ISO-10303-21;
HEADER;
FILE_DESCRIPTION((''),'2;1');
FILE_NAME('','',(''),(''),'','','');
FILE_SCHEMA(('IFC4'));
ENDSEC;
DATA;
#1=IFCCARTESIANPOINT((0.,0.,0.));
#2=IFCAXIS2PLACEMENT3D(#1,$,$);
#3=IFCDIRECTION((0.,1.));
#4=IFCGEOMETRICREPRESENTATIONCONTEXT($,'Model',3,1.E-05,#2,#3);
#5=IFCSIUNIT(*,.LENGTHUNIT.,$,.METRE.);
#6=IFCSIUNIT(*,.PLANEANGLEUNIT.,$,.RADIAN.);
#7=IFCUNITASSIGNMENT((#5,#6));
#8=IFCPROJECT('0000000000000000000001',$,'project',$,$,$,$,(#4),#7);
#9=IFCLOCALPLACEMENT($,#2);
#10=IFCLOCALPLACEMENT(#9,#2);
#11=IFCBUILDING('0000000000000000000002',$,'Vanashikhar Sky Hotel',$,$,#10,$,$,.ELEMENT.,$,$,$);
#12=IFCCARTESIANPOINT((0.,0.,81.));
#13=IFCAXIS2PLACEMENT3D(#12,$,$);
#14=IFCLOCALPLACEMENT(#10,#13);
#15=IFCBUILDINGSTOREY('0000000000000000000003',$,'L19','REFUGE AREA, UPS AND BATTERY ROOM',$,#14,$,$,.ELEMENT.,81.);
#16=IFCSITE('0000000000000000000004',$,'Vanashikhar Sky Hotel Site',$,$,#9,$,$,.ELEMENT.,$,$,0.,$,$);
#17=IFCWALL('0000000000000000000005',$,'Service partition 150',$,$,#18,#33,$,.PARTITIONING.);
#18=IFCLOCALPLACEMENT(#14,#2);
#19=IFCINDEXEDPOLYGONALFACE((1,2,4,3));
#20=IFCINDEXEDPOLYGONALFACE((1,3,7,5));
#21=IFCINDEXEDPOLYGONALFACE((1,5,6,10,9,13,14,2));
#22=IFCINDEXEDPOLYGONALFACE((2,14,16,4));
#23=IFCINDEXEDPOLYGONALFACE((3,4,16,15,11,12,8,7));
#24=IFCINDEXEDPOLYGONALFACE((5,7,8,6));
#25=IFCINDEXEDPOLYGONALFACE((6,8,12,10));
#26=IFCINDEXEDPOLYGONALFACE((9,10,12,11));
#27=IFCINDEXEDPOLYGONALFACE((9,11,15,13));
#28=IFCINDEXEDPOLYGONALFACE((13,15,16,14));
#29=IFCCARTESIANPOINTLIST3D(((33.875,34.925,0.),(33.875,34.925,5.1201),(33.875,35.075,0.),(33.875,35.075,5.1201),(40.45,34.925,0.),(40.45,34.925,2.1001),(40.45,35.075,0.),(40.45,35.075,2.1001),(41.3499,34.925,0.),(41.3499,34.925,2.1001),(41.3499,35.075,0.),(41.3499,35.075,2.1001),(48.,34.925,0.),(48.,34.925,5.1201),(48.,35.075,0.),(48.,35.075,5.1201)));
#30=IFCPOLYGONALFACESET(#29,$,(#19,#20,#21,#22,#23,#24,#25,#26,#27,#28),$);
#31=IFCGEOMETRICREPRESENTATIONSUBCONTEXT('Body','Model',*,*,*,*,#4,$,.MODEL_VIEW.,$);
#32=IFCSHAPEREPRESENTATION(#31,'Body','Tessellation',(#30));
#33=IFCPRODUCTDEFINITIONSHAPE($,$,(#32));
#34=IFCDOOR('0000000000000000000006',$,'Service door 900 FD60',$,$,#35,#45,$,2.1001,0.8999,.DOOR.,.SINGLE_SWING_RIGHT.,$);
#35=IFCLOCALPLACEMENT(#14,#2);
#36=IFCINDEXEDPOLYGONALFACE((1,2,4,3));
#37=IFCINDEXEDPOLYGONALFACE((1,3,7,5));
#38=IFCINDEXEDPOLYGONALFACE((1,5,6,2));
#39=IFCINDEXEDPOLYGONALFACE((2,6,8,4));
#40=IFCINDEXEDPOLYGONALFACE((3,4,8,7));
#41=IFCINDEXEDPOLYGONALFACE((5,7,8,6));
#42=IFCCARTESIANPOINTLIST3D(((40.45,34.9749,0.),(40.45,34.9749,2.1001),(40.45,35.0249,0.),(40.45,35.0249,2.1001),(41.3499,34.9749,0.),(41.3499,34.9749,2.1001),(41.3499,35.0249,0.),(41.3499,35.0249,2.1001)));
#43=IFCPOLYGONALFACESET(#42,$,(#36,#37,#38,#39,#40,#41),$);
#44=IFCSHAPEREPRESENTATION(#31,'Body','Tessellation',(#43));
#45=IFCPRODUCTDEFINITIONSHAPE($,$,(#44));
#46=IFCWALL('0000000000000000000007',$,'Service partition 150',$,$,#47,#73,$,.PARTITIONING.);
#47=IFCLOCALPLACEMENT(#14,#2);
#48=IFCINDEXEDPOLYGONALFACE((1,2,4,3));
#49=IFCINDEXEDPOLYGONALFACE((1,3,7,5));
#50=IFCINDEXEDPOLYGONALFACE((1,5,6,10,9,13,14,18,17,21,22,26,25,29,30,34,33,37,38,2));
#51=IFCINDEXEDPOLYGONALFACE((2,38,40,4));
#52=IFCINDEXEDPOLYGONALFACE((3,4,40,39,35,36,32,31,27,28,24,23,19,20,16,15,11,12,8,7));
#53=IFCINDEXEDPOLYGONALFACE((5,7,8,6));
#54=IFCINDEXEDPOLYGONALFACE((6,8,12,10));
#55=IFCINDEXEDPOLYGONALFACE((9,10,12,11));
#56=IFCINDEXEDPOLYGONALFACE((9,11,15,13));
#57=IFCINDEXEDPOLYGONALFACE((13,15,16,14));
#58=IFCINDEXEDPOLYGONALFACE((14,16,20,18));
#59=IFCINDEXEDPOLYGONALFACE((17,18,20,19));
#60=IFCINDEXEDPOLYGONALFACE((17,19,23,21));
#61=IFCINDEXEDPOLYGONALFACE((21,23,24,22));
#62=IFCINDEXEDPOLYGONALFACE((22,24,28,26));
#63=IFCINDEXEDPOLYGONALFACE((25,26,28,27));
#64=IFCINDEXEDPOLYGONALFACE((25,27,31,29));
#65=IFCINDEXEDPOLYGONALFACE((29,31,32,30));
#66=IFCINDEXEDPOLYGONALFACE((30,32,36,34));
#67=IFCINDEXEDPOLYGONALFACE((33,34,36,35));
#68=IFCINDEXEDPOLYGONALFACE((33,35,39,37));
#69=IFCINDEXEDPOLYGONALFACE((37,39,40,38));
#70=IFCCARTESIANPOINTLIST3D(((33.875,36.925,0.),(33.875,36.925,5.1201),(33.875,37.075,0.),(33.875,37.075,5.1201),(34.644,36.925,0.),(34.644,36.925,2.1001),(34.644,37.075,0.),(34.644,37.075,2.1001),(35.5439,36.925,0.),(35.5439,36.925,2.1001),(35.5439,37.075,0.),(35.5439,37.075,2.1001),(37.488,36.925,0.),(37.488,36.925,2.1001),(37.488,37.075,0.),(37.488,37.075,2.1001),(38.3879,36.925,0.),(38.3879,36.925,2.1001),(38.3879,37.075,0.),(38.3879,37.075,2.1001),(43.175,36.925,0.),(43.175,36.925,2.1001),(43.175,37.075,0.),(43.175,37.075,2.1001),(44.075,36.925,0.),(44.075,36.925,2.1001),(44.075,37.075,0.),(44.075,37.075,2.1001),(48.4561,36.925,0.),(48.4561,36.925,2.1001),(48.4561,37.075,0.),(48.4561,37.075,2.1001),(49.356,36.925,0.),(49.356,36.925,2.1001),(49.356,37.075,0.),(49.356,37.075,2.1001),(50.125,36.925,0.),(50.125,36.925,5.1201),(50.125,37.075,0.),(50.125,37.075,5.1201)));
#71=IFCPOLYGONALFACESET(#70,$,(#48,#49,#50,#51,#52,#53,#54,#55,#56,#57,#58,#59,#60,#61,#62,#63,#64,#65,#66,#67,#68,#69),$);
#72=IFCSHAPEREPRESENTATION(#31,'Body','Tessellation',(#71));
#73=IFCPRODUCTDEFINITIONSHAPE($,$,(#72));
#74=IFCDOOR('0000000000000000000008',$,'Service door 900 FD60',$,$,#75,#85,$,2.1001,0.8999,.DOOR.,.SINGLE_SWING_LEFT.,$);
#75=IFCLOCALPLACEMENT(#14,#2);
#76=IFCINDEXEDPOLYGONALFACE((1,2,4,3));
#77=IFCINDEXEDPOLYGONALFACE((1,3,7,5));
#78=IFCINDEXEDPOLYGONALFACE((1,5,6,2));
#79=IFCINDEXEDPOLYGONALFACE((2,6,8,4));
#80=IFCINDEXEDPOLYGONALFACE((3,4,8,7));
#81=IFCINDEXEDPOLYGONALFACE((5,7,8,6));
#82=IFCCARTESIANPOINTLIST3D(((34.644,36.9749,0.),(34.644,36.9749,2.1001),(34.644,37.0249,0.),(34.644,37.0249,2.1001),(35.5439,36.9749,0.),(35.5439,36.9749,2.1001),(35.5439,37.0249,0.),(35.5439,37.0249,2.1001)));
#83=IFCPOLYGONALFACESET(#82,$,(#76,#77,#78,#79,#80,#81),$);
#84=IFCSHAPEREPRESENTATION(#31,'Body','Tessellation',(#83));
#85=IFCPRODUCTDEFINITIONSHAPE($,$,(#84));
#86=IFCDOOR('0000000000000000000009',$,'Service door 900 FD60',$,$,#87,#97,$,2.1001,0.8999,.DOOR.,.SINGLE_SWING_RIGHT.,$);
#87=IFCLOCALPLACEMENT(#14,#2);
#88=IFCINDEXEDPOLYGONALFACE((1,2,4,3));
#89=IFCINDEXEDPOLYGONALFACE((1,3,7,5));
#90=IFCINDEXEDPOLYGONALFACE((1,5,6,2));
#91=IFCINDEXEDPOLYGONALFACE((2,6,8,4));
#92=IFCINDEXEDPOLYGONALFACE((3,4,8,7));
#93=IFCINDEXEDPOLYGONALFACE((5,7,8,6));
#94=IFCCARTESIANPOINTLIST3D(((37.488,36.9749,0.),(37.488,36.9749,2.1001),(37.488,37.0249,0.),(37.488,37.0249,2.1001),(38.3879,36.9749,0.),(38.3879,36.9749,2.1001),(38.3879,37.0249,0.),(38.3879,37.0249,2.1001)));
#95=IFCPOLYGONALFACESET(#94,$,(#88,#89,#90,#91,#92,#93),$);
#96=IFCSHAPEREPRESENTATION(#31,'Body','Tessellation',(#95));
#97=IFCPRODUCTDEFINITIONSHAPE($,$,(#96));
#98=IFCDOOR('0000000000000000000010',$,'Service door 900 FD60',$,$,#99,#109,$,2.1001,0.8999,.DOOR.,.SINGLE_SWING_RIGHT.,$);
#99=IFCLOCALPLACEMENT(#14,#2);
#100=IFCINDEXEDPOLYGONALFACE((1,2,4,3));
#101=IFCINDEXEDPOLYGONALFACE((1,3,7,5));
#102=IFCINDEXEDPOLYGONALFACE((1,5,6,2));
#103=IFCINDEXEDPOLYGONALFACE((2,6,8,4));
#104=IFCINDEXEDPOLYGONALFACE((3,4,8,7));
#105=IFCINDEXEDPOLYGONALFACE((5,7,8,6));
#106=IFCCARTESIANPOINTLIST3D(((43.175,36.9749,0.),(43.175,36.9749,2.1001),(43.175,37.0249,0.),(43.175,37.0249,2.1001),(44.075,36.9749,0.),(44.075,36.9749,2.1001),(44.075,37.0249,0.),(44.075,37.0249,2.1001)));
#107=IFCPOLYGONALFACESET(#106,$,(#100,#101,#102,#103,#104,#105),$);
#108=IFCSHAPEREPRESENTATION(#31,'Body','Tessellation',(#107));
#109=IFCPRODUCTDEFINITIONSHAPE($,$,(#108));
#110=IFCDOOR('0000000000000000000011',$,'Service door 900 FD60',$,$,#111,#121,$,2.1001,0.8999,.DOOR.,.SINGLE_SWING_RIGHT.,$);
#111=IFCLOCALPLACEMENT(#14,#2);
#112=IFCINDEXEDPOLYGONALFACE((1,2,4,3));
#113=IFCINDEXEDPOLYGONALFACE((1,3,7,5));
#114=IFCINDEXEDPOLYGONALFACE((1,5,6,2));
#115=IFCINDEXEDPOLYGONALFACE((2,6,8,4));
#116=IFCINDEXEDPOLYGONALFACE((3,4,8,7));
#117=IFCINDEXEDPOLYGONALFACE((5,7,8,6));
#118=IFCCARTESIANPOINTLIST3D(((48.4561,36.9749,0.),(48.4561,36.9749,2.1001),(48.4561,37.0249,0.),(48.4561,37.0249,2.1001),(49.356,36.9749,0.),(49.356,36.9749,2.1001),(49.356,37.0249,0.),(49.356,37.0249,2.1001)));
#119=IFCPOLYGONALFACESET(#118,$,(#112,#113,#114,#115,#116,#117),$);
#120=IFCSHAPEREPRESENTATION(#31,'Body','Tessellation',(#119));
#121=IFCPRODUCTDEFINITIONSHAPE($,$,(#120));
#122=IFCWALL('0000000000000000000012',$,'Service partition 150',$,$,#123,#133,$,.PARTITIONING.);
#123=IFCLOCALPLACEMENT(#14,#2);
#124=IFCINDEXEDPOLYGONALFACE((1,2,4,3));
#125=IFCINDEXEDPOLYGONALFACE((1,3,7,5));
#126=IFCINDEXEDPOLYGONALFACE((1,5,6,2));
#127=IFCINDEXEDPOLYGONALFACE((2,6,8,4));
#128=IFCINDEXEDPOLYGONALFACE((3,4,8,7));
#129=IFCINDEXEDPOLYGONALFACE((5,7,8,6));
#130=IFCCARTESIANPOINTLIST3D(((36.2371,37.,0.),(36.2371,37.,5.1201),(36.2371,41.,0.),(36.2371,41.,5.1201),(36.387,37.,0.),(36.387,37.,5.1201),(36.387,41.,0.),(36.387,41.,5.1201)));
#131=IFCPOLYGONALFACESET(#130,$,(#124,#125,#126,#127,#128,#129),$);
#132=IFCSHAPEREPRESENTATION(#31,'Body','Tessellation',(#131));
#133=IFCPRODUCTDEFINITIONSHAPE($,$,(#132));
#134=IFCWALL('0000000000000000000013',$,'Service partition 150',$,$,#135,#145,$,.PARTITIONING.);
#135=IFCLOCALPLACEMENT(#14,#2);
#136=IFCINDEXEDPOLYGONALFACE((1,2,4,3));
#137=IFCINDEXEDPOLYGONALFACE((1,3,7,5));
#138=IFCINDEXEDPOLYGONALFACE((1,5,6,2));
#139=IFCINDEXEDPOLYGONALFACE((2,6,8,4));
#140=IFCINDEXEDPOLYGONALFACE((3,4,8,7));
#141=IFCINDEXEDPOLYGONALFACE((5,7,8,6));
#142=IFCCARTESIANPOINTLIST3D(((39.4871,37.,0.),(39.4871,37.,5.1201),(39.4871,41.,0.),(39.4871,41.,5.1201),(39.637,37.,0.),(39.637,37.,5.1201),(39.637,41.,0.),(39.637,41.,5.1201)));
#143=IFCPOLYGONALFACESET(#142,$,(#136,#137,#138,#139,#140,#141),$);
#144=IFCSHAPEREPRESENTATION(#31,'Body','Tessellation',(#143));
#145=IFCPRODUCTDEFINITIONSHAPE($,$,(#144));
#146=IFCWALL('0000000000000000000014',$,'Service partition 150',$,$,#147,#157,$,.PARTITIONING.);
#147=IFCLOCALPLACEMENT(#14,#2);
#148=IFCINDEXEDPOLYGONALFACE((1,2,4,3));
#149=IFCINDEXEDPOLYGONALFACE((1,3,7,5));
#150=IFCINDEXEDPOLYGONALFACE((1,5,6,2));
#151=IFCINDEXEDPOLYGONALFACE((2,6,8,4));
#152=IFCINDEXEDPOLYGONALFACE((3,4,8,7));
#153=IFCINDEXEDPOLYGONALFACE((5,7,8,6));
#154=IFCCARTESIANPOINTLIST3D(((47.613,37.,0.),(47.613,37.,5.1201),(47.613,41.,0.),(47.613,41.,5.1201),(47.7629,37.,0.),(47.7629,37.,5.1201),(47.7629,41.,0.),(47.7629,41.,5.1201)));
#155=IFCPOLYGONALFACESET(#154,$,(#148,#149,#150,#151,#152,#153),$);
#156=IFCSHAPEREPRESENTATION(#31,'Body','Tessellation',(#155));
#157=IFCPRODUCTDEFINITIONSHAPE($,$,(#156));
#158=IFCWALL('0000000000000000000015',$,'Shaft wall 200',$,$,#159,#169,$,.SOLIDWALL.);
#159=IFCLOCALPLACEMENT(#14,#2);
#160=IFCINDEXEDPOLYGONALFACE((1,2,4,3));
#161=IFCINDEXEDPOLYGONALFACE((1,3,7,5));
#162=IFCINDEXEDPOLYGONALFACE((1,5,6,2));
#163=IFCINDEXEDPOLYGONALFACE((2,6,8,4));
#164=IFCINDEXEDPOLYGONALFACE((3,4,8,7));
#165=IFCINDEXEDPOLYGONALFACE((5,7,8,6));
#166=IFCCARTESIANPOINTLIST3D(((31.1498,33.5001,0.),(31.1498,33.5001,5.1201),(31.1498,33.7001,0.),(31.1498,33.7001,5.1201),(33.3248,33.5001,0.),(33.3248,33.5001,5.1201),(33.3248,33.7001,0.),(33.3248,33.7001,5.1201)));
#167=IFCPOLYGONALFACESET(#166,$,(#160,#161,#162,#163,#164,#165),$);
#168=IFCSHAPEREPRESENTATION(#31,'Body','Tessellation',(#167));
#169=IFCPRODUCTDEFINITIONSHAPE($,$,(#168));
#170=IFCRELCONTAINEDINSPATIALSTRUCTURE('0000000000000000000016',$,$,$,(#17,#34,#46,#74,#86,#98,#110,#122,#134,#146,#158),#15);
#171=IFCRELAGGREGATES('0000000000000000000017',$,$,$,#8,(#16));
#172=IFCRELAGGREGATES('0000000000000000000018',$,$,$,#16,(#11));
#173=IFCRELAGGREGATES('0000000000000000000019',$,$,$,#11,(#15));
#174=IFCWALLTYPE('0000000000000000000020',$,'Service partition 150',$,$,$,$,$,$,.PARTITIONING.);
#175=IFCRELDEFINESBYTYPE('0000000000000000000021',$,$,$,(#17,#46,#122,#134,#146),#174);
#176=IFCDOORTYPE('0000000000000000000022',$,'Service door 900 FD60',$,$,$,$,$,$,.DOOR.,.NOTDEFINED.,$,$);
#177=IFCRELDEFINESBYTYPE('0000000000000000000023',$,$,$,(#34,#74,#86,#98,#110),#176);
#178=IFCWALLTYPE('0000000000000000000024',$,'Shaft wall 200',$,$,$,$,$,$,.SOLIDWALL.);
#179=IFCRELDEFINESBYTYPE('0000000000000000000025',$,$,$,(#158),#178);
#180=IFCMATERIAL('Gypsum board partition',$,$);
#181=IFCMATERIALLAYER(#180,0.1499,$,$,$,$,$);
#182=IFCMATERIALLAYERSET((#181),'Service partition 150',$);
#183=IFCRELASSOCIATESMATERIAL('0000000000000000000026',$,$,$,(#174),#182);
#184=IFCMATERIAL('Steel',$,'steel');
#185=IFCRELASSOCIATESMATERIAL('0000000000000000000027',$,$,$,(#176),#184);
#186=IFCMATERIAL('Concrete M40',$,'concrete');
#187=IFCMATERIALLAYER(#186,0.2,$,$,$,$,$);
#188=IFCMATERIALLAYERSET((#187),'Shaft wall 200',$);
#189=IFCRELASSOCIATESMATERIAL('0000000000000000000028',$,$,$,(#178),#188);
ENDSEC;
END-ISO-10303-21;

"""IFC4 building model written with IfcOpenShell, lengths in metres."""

from ifc_helpers import new_model, si_unit, direction, frame, frame_2d, origin, place, context, subcontext, project, spatial, rectangle, extrude, source, transform, mapped, material, layer, layer_set, type_object, element, fill, save


model = new_model("IFC4")

# Units and contexts
model_context = context("Model", 3, precision=1e-05, world=origin(), true_north=direction((0.0, 1.0)))
body_context = subcontext(model_context, "Body", "Model", "MODEL_VIEW")
ifc_project = project(units=[si_unit("LENGTHUNIT", "METRE"), si_unit("PLANEANGLEUNIT", "RADIAN")], contexts=[model_context])

# Site, building, storey
site_placement = place(None, origin())
site = spatial("IfcSite", under=ifc_project, at=site_placement, Name="Vanashikhar Sky Hotel Site", CompositionType="ELEMENT", RefElevation=0.0)
building_placement = place(site_placement, origin())
building = spatial("IfcBuilding", under=site, at=building_placement, Name="Vanashikhar Sky Hotel", CompositionType="ELEMENT")
storey_placement = place(building_placement, frame((0.0, 0.0, 81.0)))
storey = spatial("IfcBuildingStorey", under=building, at=storey_placement, Name="L19", Description="REFUGE AREA, UPS AND BATTERY ROOM", CompositionType="ELEMENT", Elevation=81.0)

# Wall, opening, door
ifc_material_1 = material(Name="Gypsum board partition")
ifc_layer_1 = layer(ifc_material_1, 0.1499)
ifc_layer_set_1 = layer_set([ifc_layer_1], Name="Service partition 150")
wall_type_1 = type_object("IfcWallType", Name="Service partition 150", PredefinedType="PARTITIONING", material=ifc_layer_set_1)
shared_shape_1 = source(origin(), body_context, "Body", "SweptSolid", [
    extrude(rectangle(XDim=14.125, YDim=0.1499, at=frame_2d((7.0625, 0.0))), origin(), (0.0, 0.0, 1.0), 5.1201),
])
wall_1_placement = place(storey_placement, frame((33.875, 35.0, 0.0), z_axis=(0.0, 0.0, 1.0), x_axis=(1.0, 0.0, 0.0)))
wall_1 = element("IfcWall", 1, at=wall_1_placement, inside=storey, type_object=wall_type_1, Name="Service partition 150", PredefinedType="PARTITIONING", context=body_context, shape_type="MappedRepresentation", body=[
    mapped(shared_shape_1, transform((0.0, 0.0, 0.0), scale=1.0)),
])
shared_shape_2 = source(origin(), body_context, "Body", "SweptSolid", [
    extrude(rectangle(XDim=0.8999, YDim=2.1001, at=frame_2d((0.45, 1.05))), frame((0.0, 0.085, 0.0), z_axis=(0.0, -1.0, 0.0), x_axis=(1.0, 0.0, 0.0)), (0.0, 0.0, 1.0), 0.1699),
])
opening_1_placement = place(wall_1_placement, frame((6.575, 0.0, 0.0)))
opening_1 = element("IfcOpeningElement", 2, at=opening_1_placement, cuts=wall_1, PredefinedType="OPENING", context=body_context, shape_type="MappedRepresentation", body=[
    mapped(shared_shape_2, transform((0.0, 0.0, 0.0), scale=1.0)),
])
ifc_material_2 = material(Name="Steel", Category="steel")
door_type_1 = type_object("IfcDoorType", Name="Service door 900 FD60", OperationType="NOTDEFINED", PredefinedType="DOOR", material=ifc_material_2)
shared_shape_3 = source(origin(), body_context, "Body", "SweptSolid", [
    extrude(rectangle(XDim=0.8999, YDim=2.1001, at=frame_2d((0.45, 1.05))), frame((0.0, 0.0249, 0.0), z_axis=(0.0, -1.0, 0.0), x_axis=(1.0, 0.0, 0.0)), (0.0, 0.0, 1.0), 0.05),
])
door_1_placement = place(opening_1_placement, origin())
door_1 = element("IfcDoor", 3, at=door_1_placement, inside=storey, type_object=door_type_1, Name="Service door 900 FD60", OperationType="SINGLE_SWING_RIGHT", OverallHeight=2.1001, OverallWidth=0.8999, PredefinedType="DOOR", context=body_context, shape_type="MappedRepresentation", body=[
    mapped(shared_shape_3, transform((0.0, 0.0, 0.0), scale=1.0)),
])
fill(opening_1, door_1)

# Wall, openings, doors
shared_shape_4 = source(origin(), body_context, "Body", "SweptSolid", [
    extrude(rectangle(XDim=16.25, YDim=0.1499, at=frame_2d((8.125, 0.0))), origin(), (0.0, 0.0, 1.0), 5.1201),
])
wall_2_placement = place(storey_placement, frame((33.875, 37.0, 0.0), z_axis=(0.0, 0.0, 1.0), x_axis=(1.0, 0.0, 0.0)))
wall_2 = element("IfcWall", 4, at=wall_2_placement, inside=storey, type_object=wall_type_1, Name="Service partition 150", PredefinedType="PARTITIONING", context=body_context, shape_type="MappedRepresentation", body=[
    mapped(shared_shape_4, transform((0.0, 0.0, 0.0), scale=1.0)),
])
opening_2_placement = place(wall_2_placement, frame((0.769, 0.0, 0.0)))
opening_2 = element("IfcOpeningElement", 5, at=opening_2_placement, cuts=wall_2, PredefinedType="OPENING", context=body_context, shape_type="MappedRepresentation", body=[
    mapped(shared_shape_2, transform((0.0, 0.0, 0.0), scale=1.0)),
])
opening_3_placement = place(wall_2_placement, frame((3.613, 0.0, 0.0)))
opening_3 = element("IfcOpeningElement", 6, at=opening_3_placement, cuts=wall_2, PredefinedType="OPENING", context=body_context, shape_type="MappedRepresentation", body=[
    mapped(shared_shape_2, transform((0.0, 0.0, 0.0), scale=1.0)),
])
opening_4_placement = place(wall_2_placement, frame((9.3, 0.0, 0.0)))
opening_4 = element("IfcOpeningElement", 7, at=opening_4_placement, cuts=wall_2, PredefinedType="OPENING", context=body_context, shape_type="MappedRepresentation", body=[
    mapped(shared_shape_2, transform((0.0, 0.0, 0.0), scale=1.0)),
])
opening_5_placement = place(wall_2_placement, frame((14.5811, 0.0, 0.0)))
opening_5 = element("IfcOpeningElement", 8, at=opening_5_placement, cuts=wall_2, PredefinedType="OPENING", context=body_context, shape_type="MappedRepresentation", body=[
    mapped(shared_shape_2, transform((0.0, 0.0, 0.0), scale=1.0)),
])
door_2_placement = place(opening_2_placement, origin())
door_2 = element("IfcDoor", 9, at=door_2_placement, inside=storey, type_object=door_type_1, Name="Service door 900 FD60", OperationType="SINGLE_SWING_LEFT", OverallHeight=2.1001, OverallWidth=0.8999, PredefinedType="DOOR", context=body_context, shape_type="MappedRepresentation", body=[
    mapped(shared_shape_3, transform((0.0, 0.0, 0.0), scale=1.0)),
])
fill(opening_2, door_2)
door_3_placement = place(opening_3_placement, origin())
door_3 = element("IfcDoor", 10, at=door_3_placement, inside=storey, type_object=door_type_1, Name="Service door 900 FD60", OperationType="SINGLE_SWING_RIGHT", OverallHeight=2.1001, OverallWidth=0.8999, PredefinedType="DOOR", context=body_context, shape_type="MappedRepresentation", body=[
    mapped(shared_shape_3, transform((0.0, 0.0, 0.0), scale=1.0)),
])
fill(opening_3, door_3)
door_4_placement = place(opening_4_placement, origin())
door_4 = element("IfcDoor", 11, at=door_4_placement, inside=storey, type_object=door_type_1, Name="Service door 900 FD60", OperationType="SINGLE_SWING_RIGHT", OverallHeight=2.1001, OverallWidth=0.8999, PredefinedType="DOOR", context=body_context, shape_type="MappedRepresentation", body=[
    mapped(shared_shape_3, transform((0.0, 0.0, 0.0), scale=1.0)),
])
fill(opening_4, door_4)
door_5_placement = place(opening_5_placement, origin())
door_5 = element("IfcDoor", 12, at=door_5_placement, inside=storey, type_object=door_type_1, Name="Service door 900 FD60", OperationType="SINGLE_SWING_RIGHT", OverallHeight=2.1001, OverallWidth=0.8999, PredefinedType="DOOR", context=body_context, shape_type="MappedRepresentation", body=[
    mapped(shared_shape_3, transform((0.0, 0.0, 0.0), scale=1.0)),
])
fill(opening_5, door_5)

# Walls
shared_shape_5 = source(origin(), body_context, "Body", "SweptSolid", [
    extrude(rectangle(XDim=4.0, YDim=0.1499, at=frame_2d((2.0, 0.0))), origin(), (0.0, 0.0, 1.0), 5.1201),
])
for number, where, z_axis, x_axis, name in (
    (13, (36.312, 37.0, 0.0), (0.0, 0.0, 1.0), (0.0, 1.0, 0.0), "Service partition 150"),
    (14, (39.562, 37.0, 0.0), (0.0, 0.0, 1.0), (0.0, 1.0, 0.0), "Service partition 150"),
    (15, (47.688, 37.0, 0.0), (0.0, 0.0, 1.0), (0.0, 1.0, 0.0), "Service partition 150"),
):
    element("IfcWall", number, at=place(storey_placement, frame(where, z_axis=z_axis, x_axis=x_axis)), inside=storey, type_object=wall_type_1, Name=name, PredefinedType="PARTITIONING", context=body_context, shape_type="MappedRepresentation", body=[
        mapped(shared_shape_5, transform((0.0, 0.0, 0.0), scale=1.0)),
    ])
ifc_material_3 = material(Name="Concrete M40", Category="concrete")
ifc_layer_2 = layer(ifc_material_3, 0.2)
ifc_layer_set_2 = layer_set([ifc_layer_2], Name="Shaft wall 200")
wall_type_2 = type_object("IfcWallType", Name="Shaft wall 200", PredefinedType="SOLIDWALL", material=ifc_layer_set_2)
shared_shape_6 = source(origin(), body_context, "Body", "SweptSolid", [
    extrude(rectangle(XDim=2.175, YDim=0.2, at=frame_2d((1.0874, 0.0))), origin(), (0.0, 0.0, 1.0), 5.1201),
])
wall_3_placement = place(storey_placement, frame((31.1499, 33.6001, 0.0), z_axis=(0.0, 0.0, 1.0), x_axis=(1.0, 0.0, 0.0)))
element("IfcWall", 16, at=wall_3_placement, inside=storey, type_object=wall_type_2, Name="Shaft wall 200", PredefinedType="SOLIDWALL", context=body_context, shape_type="MappedRepresentation", body=[
    mapped(shared_shape_6, transform((0.0, 0.0, 0.0), scale=1.0)),
])

save(model, "model.ifc")
